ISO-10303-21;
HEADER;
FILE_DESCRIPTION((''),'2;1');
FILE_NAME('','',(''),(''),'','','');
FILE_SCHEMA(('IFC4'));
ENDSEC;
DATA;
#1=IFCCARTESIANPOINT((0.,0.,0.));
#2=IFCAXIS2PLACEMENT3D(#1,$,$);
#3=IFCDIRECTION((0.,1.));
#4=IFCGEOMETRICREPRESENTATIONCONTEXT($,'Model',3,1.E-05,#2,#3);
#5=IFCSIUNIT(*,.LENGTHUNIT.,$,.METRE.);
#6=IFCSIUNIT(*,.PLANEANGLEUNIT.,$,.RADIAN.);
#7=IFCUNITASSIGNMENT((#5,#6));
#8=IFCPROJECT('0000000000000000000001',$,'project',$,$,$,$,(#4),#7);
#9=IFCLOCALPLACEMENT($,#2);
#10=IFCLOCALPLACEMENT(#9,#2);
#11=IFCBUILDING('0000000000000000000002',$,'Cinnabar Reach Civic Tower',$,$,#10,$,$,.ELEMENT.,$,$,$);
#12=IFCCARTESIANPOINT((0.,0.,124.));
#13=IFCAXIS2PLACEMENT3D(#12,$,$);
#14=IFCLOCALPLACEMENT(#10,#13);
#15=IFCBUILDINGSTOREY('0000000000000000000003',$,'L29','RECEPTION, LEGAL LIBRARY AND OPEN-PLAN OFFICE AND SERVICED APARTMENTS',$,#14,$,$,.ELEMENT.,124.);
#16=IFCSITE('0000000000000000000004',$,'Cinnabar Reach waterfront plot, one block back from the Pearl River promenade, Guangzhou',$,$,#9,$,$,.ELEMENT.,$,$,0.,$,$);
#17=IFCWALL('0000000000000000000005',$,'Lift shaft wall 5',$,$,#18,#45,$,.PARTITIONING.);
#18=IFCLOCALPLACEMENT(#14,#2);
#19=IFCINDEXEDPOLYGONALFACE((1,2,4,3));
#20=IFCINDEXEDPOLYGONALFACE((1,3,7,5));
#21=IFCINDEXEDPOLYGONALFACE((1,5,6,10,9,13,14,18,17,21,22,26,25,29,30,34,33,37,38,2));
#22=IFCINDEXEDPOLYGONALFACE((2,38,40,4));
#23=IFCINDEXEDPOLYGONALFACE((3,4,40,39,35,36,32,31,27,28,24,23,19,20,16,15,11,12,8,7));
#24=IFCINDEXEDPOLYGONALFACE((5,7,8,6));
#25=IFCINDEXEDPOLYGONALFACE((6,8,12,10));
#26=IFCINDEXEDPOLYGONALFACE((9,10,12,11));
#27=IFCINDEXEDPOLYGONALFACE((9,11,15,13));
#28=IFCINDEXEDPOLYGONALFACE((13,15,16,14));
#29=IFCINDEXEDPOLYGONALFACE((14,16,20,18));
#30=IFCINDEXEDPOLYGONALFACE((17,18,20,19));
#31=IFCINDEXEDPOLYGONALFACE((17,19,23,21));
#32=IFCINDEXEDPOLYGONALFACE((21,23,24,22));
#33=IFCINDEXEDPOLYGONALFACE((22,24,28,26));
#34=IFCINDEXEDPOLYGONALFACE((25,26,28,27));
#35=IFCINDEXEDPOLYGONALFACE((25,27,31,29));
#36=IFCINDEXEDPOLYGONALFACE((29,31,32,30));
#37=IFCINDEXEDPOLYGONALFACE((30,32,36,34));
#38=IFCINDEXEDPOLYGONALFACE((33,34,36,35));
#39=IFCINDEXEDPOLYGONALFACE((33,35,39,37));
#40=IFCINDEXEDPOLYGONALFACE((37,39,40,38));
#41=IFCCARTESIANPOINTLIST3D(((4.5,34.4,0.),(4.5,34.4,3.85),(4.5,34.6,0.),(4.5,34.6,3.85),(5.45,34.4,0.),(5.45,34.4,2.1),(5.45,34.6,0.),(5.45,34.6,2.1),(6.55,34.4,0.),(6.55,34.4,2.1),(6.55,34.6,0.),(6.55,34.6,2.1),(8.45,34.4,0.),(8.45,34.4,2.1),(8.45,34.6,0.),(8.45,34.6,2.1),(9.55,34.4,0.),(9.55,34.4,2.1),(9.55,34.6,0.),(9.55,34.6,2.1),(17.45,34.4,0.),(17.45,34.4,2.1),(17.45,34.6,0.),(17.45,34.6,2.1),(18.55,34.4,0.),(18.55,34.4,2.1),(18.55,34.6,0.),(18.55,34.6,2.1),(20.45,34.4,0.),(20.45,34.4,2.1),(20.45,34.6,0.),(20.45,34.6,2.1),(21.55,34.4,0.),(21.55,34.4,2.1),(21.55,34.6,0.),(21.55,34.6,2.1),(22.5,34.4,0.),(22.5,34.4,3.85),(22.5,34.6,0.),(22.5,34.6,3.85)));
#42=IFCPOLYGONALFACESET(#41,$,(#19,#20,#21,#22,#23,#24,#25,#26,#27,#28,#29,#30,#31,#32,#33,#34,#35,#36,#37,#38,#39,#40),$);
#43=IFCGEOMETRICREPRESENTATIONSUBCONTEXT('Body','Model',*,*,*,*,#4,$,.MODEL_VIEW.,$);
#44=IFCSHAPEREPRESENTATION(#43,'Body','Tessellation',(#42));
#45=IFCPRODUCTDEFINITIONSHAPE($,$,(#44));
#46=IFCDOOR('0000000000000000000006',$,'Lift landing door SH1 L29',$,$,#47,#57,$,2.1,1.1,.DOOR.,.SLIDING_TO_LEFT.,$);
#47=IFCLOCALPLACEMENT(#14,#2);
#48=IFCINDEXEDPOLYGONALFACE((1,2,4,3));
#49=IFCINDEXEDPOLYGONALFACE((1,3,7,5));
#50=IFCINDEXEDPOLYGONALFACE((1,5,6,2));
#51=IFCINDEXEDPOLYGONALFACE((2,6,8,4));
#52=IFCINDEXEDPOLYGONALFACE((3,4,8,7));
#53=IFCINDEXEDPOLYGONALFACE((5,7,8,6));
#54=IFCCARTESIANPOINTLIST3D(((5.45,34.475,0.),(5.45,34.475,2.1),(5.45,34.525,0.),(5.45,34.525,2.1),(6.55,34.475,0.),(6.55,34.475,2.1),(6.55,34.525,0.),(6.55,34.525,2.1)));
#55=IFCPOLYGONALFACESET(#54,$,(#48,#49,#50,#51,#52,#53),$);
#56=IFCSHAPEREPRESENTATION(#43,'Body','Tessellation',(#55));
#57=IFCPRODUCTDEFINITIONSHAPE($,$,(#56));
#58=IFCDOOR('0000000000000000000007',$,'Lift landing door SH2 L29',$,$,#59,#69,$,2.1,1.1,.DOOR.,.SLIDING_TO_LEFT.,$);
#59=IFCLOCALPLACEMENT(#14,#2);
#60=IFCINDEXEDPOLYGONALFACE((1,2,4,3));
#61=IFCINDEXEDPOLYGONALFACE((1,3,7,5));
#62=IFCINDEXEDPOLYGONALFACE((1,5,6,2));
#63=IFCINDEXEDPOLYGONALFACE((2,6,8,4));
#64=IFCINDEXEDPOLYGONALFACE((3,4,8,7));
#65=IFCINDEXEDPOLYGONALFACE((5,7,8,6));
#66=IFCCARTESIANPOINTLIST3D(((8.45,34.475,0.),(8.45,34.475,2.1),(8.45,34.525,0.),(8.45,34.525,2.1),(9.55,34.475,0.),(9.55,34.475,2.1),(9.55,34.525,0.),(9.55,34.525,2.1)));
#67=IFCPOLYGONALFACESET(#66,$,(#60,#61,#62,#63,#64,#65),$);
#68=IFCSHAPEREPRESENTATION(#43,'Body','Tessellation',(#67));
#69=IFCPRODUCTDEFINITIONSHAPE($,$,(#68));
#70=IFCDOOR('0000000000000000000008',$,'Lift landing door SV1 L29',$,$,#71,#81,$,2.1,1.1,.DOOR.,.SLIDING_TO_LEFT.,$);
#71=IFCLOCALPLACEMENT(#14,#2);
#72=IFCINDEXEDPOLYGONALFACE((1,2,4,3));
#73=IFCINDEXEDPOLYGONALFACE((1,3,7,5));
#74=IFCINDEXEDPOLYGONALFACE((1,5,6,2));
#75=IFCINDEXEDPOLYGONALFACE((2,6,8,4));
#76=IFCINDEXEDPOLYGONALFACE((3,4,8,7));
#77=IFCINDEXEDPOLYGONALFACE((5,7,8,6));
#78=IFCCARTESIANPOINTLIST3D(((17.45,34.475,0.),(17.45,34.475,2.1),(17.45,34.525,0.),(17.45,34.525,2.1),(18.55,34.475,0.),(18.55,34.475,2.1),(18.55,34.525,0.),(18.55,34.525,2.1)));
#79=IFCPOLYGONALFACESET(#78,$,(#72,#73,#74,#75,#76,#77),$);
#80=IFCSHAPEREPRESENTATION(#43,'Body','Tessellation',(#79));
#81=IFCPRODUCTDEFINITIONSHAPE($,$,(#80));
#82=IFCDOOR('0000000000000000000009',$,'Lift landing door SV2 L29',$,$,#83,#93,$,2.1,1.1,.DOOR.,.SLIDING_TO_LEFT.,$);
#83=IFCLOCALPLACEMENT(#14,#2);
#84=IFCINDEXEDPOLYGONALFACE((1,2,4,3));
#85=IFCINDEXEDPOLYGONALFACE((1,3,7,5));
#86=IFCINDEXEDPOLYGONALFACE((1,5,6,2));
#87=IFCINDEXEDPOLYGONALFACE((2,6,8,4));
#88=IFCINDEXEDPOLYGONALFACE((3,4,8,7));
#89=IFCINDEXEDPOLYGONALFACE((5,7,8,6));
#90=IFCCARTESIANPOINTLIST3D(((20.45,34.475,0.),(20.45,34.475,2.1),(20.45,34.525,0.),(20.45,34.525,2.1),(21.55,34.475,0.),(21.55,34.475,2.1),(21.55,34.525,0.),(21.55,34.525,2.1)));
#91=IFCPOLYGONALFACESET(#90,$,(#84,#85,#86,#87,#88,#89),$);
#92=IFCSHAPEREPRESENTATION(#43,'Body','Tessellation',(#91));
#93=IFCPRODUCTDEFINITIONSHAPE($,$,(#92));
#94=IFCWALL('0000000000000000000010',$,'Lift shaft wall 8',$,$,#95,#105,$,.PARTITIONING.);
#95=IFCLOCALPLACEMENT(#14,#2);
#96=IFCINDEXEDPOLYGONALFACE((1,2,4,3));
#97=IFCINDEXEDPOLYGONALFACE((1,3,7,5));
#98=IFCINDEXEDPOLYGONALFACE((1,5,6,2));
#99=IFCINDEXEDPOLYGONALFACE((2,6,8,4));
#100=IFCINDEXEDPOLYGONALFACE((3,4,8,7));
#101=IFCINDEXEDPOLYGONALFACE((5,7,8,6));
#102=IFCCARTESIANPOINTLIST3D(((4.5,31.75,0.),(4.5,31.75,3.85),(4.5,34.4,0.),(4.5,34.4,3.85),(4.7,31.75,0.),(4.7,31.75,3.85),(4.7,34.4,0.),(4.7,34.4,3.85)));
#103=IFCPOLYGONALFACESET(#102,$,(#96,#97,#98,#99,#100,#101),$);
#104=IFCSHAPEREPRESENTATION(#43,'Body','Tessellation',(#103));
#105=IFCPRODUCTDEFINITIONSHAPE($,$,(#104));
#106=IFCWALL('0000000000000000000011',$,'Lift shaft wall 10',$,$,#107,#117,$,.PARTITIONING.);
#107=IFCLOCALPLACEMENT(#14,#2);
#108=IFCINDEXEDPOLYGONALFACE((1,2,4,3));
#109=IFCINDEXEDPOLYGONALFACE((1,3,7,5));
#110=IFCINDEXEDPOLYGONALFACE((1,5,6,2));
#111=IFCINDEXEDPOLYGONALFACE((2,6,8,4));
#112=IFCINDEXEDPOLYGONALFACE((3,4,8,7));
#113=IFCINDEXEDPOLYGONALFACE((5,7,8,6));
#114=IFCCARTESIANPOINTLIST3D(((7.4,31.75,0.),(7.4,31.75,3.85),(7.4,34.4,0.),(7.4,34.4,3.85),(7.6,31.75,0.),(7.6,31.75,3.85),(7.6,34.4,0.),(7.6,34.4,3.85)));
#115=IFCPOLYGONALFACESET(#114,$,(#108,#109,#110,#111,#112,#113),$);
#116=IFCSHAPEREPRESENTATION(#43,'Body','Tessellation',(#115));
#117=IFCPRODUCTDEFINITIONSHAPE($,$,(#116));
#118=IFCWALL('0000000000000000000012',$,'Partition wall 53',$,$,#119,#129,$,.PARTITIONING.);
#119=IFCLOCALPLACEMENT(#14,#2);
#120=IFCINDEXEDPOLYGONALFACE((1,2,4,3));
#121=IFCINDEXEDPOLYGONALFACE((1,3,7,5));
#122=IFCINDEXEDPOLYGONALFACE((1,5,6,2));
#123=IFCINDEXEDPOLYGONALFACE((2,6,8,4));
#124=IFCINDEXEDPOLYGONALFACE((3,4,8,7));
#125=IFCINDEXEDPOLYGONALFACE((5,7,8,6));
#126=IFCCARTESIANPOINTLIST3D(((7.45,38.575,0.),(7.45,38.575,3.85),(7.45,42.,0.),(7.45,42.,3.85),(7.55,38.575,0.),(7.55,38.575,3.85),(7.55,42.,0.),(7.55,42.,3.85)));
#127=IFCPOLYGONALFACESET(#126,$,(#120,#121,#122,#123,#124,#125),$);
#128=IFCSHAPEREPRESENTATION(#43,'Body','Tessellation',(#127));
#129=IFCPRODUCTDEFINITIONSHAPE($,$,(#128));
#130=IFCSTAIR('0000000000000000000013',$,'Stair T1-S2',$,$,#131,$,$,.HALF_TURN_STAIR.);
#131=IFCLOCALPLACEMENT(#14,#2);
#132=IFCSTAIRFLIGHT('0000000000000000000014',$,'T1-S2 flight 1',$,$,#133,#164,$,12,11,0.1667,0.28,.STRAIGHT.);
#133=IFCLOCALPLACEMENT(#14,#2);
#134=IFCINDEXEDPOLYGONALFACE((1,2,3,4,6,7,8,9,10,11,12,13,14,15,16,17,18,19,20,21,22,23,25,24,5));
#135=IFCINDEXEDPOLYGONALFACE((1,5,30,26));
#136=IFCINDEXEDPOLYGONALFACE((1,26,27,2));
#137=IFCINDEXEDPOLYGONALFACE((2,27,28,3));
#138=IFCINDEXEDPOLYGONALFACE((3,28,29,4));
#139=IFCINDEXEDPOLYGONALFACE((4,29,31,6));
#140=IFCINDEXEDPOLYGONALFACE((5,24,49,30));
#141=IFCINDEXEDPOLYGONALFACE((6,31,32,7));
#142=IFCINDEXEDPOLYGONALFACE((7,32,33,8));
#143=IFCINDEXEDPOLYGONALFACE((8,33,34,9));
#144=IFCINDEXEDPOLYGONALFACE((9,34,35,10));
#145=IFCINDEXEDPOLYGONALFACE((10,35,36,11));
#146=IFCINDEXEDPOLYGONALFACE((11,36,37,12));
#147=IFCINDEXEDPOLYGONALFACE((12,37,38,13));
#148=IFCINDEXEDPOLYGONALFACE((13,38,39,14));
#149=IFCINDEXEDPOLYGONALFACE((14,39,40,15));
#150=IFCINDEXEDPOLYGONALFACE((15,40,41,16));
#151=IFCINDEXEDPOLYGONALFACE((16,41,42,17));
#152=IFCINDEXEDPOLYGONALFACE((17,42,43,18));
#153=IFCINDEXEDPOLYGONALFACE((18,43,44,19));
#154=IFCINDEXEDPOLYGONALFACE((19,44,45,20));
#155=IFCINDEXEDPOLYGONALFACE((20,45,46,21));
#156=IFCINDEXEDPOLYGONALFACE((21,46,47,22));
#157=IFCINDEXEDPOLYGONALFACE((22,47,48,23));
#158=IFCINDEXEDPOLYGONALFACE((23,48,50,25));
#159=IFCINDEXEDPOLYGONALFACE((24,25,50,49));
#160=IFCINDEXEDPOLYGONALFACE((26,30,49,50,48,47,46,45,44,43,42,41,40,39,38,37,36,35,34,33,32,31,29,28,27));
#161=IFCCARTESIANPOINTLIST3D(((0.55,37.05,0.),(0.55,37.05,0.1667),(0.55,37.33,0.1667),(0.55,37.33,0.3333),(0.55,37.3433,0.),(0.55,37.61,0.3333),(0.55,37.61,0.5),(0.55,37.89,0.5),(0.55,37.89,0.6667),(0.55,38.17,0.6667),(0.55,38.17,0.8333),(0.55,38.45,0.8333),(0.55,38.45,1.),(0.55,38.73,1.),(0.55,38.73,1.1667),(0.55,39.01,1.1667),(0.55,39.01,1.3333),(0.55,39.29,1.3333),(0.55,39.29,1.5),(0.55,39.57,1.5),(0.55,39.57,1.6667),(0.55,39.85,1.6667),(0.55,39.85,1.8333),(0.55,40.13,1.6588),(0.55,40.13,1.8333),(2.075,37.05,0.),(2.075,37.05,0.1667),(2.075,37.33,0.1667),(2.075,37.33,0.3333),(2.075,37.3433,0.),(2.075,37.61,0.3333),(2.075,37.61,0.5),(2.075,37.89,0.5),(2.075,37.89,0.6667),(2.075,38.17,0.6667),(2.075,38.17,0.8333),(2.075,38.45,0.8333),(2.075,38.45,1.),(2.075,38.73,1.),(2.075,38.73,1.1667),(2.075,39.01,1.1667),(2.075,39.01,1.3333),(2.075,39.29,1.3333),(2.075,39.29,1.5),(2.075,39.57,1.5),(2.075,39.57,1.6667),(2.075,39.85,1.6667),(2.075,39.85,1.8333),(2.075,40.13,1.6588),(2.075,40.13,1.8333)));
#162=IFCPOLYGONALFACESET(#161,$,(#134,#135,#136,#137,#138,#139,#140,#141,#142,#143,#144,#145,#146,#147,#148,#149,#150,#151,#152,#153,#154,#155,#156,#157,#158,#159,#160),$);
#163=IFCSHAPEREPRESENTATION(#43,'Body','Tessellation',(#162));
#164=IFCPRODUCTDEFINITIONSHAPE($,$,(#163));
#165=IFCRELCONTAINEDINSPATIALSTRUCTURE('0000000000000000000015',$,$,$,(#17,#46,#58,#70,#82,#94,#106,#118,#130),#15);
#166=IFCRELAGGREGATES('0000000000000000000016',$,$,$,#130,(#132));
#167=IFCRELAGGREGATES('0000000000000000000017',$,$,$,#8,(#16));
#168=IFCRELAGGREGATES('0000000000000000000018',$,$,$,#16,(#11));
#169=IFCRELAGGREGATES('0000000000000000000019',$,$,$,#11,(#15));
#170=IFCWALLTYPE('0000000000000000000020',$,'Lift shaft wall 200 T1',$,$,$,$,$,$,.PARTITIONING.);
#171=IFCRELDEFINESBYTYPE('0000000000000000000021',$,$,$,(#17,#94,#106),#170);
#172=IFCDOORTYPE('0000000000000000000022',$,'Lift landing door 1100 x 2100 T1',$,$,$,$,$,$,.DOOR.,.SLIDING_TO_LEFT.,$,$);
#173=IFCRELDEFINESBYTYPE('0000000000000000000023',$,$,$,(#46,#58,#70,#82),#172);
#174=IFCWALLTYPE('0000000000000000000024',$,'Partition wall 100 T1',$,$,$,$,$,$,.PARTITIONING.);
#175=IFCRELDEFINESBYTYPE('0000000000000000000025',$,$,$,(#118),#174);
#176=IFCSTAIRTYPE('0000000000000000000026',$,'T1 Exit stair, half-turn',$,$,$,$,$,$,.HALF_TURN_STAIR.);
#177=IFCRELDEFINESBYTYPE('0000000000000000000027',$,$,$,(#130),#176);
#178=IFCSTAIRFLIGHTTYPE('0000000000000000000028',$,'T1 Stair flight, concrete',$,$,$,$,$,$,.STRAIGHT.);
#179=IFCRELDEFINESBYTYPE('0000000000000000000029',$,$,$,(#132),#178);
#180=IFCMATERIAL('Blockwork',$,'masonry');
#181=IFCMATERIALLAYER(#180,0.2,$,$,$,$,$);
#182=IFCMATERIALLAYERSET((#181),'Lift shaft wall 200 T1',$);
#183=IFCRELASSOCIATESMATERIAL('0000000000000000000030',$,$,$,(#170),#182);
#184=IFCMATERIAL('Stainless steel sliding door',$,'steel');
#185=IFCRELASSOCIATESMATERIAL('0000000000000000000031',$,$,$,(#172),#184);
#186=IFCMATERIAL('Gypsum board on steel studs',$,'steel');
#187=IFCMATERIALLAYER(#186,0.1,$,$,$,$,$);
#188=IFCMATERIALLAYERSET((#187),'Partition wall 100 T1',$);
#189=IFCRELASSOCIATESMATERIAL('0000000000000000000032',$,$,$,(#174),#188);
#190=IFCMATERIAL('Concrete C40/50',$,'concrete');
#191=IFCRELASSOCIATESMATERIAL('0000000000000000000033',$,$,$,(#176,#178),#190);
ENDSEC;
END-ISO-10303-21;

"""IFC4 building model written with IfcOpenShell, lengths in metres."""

from ifc_helpers import new_model, si_unit, direction, frame, frame_2d, origin, place, context, subcontext, project, spatial, polyline, rectangle, outline, extrude, material, layer, layer_set, type_object, element, fill, aggregate, save


model = new_model("IFC4")

# Units and contexts
model_context = context("Model", 3, precision=1e-05, world=origin(), true_north=direction((0.0, 1.0)))
body_context = subcontext(model_context, "Body", "Model", "MODEL_VIEW")
ifc_project = project(units=[si_unit("LENGTHUNIT", "METRE"), si_unit("PLANEANGLEUNIT", "RADIAN")], contexts=[model_context])

# Site, building, storey
site_placement = place(None, origin())
site = spatial("IfcSite", under=ifc_project, at=site_placement, Name="Cinnabar Reach waterfront plot, one block back from the Pearl River promenade, Guangzhou", CompositionType="ELEMENT", RefElevation=0.0)
building_placement = place(site_placement, origin())
building = spatial("IfcBuilding", under=site, at=building_placement, Name="Cinnabar Reach Civic Tower", CompositionType="ELEMENT")
storey_placement = place(building_placement, frame((0.0, 0.0, 124.0)))
storey = spatial("IfcBuildingStorey", under=building, at=storey_placement, Name="L29", Description="RECEPTION, LEGAL LIBRARY AND OPEN-PLAN OFFICE AND SERVICED APARTMENTS", CompositionType="ELEMENT", Elevation=124.0)

# Wall, openings, doors
ifc_material_1 = material(Name="Blockwork", Category="masonry")
ifc_layer_1 = layer(ifc_material_1, 0.2)
ifc_layer_set_1 = layer_set([ifc_layer_1], Name="Lift shaft wall 200 T1")
wall_type_1 = type_object("IfcWallType", Name="Lift shaft wall 200 T1", PredefinedType="PARTITIONING", material=ifc_layer_set_1)
wall_1_placement = place(storey_placement, frame((4.5, 34.5, 0.0), z_axis=(0.0, 0.0, 1.0), x_axis=(1.0, 0.0, 0.0)))
wall_1 = element("IfcWall", 1, at=wall_1_placement, inside=storey, type_object=wall_type_1, Name="Lift shaft wall 5", PredefinedType="PARTITIONING", context=body_context, shape_type="SweptSolid", body=[
    extrude(rectangle(XDim=18.0, YDim=0.2, at=frame_2d((9.0, 0.0))), origin(), (0.0, 0.0, 1.0), 3.85),
])
opening_1_placement = place(wall_1_placement, frame((0.95, 0.0, 0.0)))
opening_1 = element("IfcOpeningElement", 2, at=opening_1_placement, cuts=wall_1, PredefinedType="OPENING", context=body_context, shape_type="SweptSolid", body=[
    extrude(rectangle(XDim=1.1, YDim=2.1, at=frame_2d((0.55, 1.05))), frame((0.0, 0.11, 0.0), z_axis=(0.0, -1.0, 0.0), x_axis=(1.0, 0.0, 0.0)), (0.0, 0.0, 1.0), 0.22),
])
opening_2_placement = place(wall_1_placement, frame((3.95, 0.0, 0.0)))
opening_2 = element("IfcOpeningElement", 3, at=opening_2_placement, cuts=wall_1, PredefinedType="OPENING", context=body_context, shape_type="SweptSolid", body=[
    extrude(rectangle(XDim=1.1, YDim=2.1, at=frame_2d((0.55, 1.05))), frame((0.0, 0.11, 0.0), z_axis=(0.0, -1.0, 0.0), x_axis=(1.0, 0.0, 0.0)), (0.0, 0.0, 1.0), 0.22),
])
opening_3_placement = place(wall_1_placement, frame((12.95, 0.0, 0.0)))
opening_3 = element("IfcOpeningElement", 4, at=opening_3_placement, cuts=wall_1, PredefinedType="OPENING", context=body_context, shape_type="SweptSolid", body=[
    extrude(rectangle(XDim=1.1, YDim=2.1, at=frame_2d((0.55, 1.05))), frame((0.0, 0.11, 0.0), z_axis=(0.0, -1.0, 0.0), x_axis=(1.0, 0.0, 0.0)), (0.0, 0.0, 1.0), 0.22),
])
opening_4_placement = place(wall_1_placement, frame((15.95, 0.0, 0.0)))
opening_4 = element("IfcOpeningElement", 5, at=opening_4_placement, cuts=wall_1, PredefinedType="OPENING", context=body_context, shape_type="SweptSolid", body=[
    extrude(rectangle(XDim=1.1, YDim=2.1, at=frame_2d((0.55, 1.05))), frame((0.0, 0.11, 0.0), z_axis=(0.0, -1.0, 0.0), x_axis=(1.0, 0.0, 0.0)), (0.0, 0.0, 1.0), 0.22),
])
ifc_material_2 = material(Name="Stainless steel sliding door", Category="steel")
door_type_1 = type_object("IfcDoorType", Name="Lift landing door 1100 x 2100 T1", OperationType="SLIDING_TO_LEFT", PredefinedType="DOOR", material=ifc_material_2)
door_1_placement = place(opening_1_placement, origin())
door_1 = element("IfcDoor", 6, at=door_1_placement, inside=storey, type_object=door_type_1, Name="Lift landing door SH1 L29", OperationType="SLIDING_TO_LEFT", OverallHeight=2.1, OverallWidth=1.1, PredefinedType="DOOR", context=body_context, shape_type="SweptSolid", body=[
    extrude(rectangle(XDim=1.1, YDim=2.1, at=frame_2d((0.55, 1.05))), frame((0.0, 0.025, 0.0), z_axis=(0.0, -1.0, 0.0), x_axis=(1.0, 0.0, 0.0)), (0.0, 0.0, 1.0), 0.05),
])
fill(opening_1, door_1)
door_2_placement = place(opening_2_placement, origin())
door_2 = element("IfcDoor", 7, at=door_2_placement, inside=storey, type_object=door_type_1, Name="Lift landing door SH2 L29", OperationType="SLIDING_TO_LEFT", OverallHeight=2.1, OverallWidth=1.1, PredefinedType="DOOR", context=body_context, shape_type="SweptSolid", body=[
    extrude(rectangle(XDim=1.1, YDim=2.1, at=frame_2d((0.55, 1.05))), frame((0.0, 0.025, 0.0), z_axis=(0.0, -1.0, 0.0), x_axis=(1.0, 0.0, 0.0)), (0.0, 0.0, 1.0), 0.05),
])
fill(opening_2, door_2)
door_3_placement = place(opening_3_placement, origin())
door_3 = element("IfcDoor", 8, at=door_3_placement, inside=storey, type_object=door_type_1, Name="Lift landing door SV1 L29", OperationType="SLIDING_TO_LEFT", OverallHeight=2.1, OverallWidth=1.1, PredefinedType="DOOR", context=body_context, shape_type="SweptSolid", body=[
    extrude(rectangle(XDim=1.1, YDim=2.1, at=frame_2d((0.55, 1.05))), frame((0.0, 0.025, 0.0), z_axis=(0.0, -1.0, 0.0), x_axis=(1.0, 0.0, 0.0)), (0.0, 0.0, 1.0), 0.05),
])
fill(opening_3, door_3)
door_4_placement = place(opening_4_placement, origin())
door_4 = element("IfcDoor", 9, at=door_4_placement, inside=storey, type_object=door_type_1, Name="Lift landing door SV2 L29", OperationType="SLIDING_TO_LEFT", OverallHeight=2.1, OverallWidth=1.1, PredefinedType="DOOR", context=body_context, shape_type="SweptSolid", body=[
    extrude(rectangle(XDim=1.1, YDim=2.1, at=frame_2d((0.55, 1.05))), frame((0.0, 0.025, 0.0), z_axis=(0.0, -1.0, 0.0), x_axis=(1.0, 0.0, 0.0)), (0.0, 0.0, 1.0), 0.05),
])
fill(opening_4, door_4)

# Walls
for number, where, z_axis, x_axis, name in (
    (10, (4.6, 31.75, 0.0), (0.0, 0.0, 1.0), (0.0, 1.0, 0.0), "Lift shaft wall 8"),
    (11, (7.5, 31.75, 0.0), (0.0, 0.0, 1.0), (0.0, 1.0, 0.0), "Lift shaft wall 10"),
):
    element("IfcWall", number, at=place(storey_placement, frame(where, z_axis=z_axis, x_axis=x_axis)), inside=storey, type_object=wall_type_1, Name=name, PredefinedType="PARTITIONING", context=body_context, shape_type="SweptSolid", body=[
        extrude(rectangle(XDim=2.65, YDim=0.2, at=frame_2d((1.325, 0.0))), origin(), (0.0, 0.0, 1.0), 3.85),
    ])
ifc_material_3 = material(Name="Gypsum board on steel studs", Category="steel")
ifc_layer_2 = layer(ifc_material_3, 0.1)
ifc_layer_set_2 = layer_set([ifc_layer_2], Name="Partition wall 100 T1")
wall_type_2 = type_object("IfcWallType", Name="Partition wall 100 T1", PredefinedType="PARTITIONING", material=ifc_layer_set_2)
wall_2_placement = place(storey_placement, frame((7.5, 38.575, 0.0), z_axis=(0.0, 0.0, 1.0), x_axis=(0.0, 1.0, 0.0)))
element("IfcWall", 12, at=wall_2_placement, inside=storey, type_object=wall_type_2, Name="Partition wall 53", PredefinedType="PARTITIONING", context=body_context, shape_type="SweptSolid", body=[
    extrude(rectangle(XDim=3.425, YDim=0.1, at=frame_2d((1.7125, 0.0))), origin(), (0.0, 0.0, 1.0), 3.85),
])

# Stair, stair flight
ifc_material_4 = material(Name="Concrete C40/50", Category="concrete")
stair_type = type_object("IfcStairType", Name="T1 Exit stair, half-turn", PredefinedType="HALF_TURN_STAIR", material=ifc_material_4)
stair_placement = place(storey_placement, origin())
stair = element("IfcStair", 13, at=stair_placement, inside=storey, type_object=stair_type, Name="Stair T1-S2", PredefinedType="HALF_TURN_STAIR")
stair_flight_type = type_object("IfcStairFlightType", Name="T1 Stair flight, concrete", PredefinedType="STRAIGHT", material=ifc_material_4)
stair_flight_1_placement = place(storey_placement, frame((1.3125, 37.05, 0.0), z_axis=(0.0, 0.0, 1.0), x_axis=(0.0, 1.0, 0.0)))
stair_flight_1 = element("IfcStairFlight", 14, at=stair_flight_1_placement, type_object=stair_flight_type, Name="T1-S2 flight 1", NumberOfRisers=12, NumberOfTreads=11, PredefinedType="STRAIGHT", RiserHeight=0.1667, TreadLength=0.28, context=body_context, shape_type="SweptSolid", body=[
    extrude(outline(polyline([(0.0, 0.0), (0.0, 0.1667), (0.28, 0.1667), (0.28, 0.3333), (0.56, 0.3333), (0.56, 0.5), (0.84, 0.5), (0.84, 0.6667), (1.12, 0.6667), (1.12, 0.8333), (1.4, 0.8333), (1.4, 1.0), (1.68, 1.0), (1.68, 1.1667), (1.96, 1.1667), (1.96, 1.3333), (2.24, 1.3333), (2.24, 1.5), (2.52, 1.5), (2.52, 1.6667), (2.8, 1.6667), (2.8, 1.8333), (3.08, 1.8333), (3.08, 2.0), (3.08, 1.6588), (0.2933, 0.0), (0.0, 0.0)])), frame((0.0, 0.7625, 0.0), z_axis=(0.0, -1.0, 0.0), x_axis=(1.0, 0.0, 0.0)), (0.0, 0.0, 1.0), 1.525),
])
aggregate(stair, [stair_flight_1])

save(model, "model.ifc")
